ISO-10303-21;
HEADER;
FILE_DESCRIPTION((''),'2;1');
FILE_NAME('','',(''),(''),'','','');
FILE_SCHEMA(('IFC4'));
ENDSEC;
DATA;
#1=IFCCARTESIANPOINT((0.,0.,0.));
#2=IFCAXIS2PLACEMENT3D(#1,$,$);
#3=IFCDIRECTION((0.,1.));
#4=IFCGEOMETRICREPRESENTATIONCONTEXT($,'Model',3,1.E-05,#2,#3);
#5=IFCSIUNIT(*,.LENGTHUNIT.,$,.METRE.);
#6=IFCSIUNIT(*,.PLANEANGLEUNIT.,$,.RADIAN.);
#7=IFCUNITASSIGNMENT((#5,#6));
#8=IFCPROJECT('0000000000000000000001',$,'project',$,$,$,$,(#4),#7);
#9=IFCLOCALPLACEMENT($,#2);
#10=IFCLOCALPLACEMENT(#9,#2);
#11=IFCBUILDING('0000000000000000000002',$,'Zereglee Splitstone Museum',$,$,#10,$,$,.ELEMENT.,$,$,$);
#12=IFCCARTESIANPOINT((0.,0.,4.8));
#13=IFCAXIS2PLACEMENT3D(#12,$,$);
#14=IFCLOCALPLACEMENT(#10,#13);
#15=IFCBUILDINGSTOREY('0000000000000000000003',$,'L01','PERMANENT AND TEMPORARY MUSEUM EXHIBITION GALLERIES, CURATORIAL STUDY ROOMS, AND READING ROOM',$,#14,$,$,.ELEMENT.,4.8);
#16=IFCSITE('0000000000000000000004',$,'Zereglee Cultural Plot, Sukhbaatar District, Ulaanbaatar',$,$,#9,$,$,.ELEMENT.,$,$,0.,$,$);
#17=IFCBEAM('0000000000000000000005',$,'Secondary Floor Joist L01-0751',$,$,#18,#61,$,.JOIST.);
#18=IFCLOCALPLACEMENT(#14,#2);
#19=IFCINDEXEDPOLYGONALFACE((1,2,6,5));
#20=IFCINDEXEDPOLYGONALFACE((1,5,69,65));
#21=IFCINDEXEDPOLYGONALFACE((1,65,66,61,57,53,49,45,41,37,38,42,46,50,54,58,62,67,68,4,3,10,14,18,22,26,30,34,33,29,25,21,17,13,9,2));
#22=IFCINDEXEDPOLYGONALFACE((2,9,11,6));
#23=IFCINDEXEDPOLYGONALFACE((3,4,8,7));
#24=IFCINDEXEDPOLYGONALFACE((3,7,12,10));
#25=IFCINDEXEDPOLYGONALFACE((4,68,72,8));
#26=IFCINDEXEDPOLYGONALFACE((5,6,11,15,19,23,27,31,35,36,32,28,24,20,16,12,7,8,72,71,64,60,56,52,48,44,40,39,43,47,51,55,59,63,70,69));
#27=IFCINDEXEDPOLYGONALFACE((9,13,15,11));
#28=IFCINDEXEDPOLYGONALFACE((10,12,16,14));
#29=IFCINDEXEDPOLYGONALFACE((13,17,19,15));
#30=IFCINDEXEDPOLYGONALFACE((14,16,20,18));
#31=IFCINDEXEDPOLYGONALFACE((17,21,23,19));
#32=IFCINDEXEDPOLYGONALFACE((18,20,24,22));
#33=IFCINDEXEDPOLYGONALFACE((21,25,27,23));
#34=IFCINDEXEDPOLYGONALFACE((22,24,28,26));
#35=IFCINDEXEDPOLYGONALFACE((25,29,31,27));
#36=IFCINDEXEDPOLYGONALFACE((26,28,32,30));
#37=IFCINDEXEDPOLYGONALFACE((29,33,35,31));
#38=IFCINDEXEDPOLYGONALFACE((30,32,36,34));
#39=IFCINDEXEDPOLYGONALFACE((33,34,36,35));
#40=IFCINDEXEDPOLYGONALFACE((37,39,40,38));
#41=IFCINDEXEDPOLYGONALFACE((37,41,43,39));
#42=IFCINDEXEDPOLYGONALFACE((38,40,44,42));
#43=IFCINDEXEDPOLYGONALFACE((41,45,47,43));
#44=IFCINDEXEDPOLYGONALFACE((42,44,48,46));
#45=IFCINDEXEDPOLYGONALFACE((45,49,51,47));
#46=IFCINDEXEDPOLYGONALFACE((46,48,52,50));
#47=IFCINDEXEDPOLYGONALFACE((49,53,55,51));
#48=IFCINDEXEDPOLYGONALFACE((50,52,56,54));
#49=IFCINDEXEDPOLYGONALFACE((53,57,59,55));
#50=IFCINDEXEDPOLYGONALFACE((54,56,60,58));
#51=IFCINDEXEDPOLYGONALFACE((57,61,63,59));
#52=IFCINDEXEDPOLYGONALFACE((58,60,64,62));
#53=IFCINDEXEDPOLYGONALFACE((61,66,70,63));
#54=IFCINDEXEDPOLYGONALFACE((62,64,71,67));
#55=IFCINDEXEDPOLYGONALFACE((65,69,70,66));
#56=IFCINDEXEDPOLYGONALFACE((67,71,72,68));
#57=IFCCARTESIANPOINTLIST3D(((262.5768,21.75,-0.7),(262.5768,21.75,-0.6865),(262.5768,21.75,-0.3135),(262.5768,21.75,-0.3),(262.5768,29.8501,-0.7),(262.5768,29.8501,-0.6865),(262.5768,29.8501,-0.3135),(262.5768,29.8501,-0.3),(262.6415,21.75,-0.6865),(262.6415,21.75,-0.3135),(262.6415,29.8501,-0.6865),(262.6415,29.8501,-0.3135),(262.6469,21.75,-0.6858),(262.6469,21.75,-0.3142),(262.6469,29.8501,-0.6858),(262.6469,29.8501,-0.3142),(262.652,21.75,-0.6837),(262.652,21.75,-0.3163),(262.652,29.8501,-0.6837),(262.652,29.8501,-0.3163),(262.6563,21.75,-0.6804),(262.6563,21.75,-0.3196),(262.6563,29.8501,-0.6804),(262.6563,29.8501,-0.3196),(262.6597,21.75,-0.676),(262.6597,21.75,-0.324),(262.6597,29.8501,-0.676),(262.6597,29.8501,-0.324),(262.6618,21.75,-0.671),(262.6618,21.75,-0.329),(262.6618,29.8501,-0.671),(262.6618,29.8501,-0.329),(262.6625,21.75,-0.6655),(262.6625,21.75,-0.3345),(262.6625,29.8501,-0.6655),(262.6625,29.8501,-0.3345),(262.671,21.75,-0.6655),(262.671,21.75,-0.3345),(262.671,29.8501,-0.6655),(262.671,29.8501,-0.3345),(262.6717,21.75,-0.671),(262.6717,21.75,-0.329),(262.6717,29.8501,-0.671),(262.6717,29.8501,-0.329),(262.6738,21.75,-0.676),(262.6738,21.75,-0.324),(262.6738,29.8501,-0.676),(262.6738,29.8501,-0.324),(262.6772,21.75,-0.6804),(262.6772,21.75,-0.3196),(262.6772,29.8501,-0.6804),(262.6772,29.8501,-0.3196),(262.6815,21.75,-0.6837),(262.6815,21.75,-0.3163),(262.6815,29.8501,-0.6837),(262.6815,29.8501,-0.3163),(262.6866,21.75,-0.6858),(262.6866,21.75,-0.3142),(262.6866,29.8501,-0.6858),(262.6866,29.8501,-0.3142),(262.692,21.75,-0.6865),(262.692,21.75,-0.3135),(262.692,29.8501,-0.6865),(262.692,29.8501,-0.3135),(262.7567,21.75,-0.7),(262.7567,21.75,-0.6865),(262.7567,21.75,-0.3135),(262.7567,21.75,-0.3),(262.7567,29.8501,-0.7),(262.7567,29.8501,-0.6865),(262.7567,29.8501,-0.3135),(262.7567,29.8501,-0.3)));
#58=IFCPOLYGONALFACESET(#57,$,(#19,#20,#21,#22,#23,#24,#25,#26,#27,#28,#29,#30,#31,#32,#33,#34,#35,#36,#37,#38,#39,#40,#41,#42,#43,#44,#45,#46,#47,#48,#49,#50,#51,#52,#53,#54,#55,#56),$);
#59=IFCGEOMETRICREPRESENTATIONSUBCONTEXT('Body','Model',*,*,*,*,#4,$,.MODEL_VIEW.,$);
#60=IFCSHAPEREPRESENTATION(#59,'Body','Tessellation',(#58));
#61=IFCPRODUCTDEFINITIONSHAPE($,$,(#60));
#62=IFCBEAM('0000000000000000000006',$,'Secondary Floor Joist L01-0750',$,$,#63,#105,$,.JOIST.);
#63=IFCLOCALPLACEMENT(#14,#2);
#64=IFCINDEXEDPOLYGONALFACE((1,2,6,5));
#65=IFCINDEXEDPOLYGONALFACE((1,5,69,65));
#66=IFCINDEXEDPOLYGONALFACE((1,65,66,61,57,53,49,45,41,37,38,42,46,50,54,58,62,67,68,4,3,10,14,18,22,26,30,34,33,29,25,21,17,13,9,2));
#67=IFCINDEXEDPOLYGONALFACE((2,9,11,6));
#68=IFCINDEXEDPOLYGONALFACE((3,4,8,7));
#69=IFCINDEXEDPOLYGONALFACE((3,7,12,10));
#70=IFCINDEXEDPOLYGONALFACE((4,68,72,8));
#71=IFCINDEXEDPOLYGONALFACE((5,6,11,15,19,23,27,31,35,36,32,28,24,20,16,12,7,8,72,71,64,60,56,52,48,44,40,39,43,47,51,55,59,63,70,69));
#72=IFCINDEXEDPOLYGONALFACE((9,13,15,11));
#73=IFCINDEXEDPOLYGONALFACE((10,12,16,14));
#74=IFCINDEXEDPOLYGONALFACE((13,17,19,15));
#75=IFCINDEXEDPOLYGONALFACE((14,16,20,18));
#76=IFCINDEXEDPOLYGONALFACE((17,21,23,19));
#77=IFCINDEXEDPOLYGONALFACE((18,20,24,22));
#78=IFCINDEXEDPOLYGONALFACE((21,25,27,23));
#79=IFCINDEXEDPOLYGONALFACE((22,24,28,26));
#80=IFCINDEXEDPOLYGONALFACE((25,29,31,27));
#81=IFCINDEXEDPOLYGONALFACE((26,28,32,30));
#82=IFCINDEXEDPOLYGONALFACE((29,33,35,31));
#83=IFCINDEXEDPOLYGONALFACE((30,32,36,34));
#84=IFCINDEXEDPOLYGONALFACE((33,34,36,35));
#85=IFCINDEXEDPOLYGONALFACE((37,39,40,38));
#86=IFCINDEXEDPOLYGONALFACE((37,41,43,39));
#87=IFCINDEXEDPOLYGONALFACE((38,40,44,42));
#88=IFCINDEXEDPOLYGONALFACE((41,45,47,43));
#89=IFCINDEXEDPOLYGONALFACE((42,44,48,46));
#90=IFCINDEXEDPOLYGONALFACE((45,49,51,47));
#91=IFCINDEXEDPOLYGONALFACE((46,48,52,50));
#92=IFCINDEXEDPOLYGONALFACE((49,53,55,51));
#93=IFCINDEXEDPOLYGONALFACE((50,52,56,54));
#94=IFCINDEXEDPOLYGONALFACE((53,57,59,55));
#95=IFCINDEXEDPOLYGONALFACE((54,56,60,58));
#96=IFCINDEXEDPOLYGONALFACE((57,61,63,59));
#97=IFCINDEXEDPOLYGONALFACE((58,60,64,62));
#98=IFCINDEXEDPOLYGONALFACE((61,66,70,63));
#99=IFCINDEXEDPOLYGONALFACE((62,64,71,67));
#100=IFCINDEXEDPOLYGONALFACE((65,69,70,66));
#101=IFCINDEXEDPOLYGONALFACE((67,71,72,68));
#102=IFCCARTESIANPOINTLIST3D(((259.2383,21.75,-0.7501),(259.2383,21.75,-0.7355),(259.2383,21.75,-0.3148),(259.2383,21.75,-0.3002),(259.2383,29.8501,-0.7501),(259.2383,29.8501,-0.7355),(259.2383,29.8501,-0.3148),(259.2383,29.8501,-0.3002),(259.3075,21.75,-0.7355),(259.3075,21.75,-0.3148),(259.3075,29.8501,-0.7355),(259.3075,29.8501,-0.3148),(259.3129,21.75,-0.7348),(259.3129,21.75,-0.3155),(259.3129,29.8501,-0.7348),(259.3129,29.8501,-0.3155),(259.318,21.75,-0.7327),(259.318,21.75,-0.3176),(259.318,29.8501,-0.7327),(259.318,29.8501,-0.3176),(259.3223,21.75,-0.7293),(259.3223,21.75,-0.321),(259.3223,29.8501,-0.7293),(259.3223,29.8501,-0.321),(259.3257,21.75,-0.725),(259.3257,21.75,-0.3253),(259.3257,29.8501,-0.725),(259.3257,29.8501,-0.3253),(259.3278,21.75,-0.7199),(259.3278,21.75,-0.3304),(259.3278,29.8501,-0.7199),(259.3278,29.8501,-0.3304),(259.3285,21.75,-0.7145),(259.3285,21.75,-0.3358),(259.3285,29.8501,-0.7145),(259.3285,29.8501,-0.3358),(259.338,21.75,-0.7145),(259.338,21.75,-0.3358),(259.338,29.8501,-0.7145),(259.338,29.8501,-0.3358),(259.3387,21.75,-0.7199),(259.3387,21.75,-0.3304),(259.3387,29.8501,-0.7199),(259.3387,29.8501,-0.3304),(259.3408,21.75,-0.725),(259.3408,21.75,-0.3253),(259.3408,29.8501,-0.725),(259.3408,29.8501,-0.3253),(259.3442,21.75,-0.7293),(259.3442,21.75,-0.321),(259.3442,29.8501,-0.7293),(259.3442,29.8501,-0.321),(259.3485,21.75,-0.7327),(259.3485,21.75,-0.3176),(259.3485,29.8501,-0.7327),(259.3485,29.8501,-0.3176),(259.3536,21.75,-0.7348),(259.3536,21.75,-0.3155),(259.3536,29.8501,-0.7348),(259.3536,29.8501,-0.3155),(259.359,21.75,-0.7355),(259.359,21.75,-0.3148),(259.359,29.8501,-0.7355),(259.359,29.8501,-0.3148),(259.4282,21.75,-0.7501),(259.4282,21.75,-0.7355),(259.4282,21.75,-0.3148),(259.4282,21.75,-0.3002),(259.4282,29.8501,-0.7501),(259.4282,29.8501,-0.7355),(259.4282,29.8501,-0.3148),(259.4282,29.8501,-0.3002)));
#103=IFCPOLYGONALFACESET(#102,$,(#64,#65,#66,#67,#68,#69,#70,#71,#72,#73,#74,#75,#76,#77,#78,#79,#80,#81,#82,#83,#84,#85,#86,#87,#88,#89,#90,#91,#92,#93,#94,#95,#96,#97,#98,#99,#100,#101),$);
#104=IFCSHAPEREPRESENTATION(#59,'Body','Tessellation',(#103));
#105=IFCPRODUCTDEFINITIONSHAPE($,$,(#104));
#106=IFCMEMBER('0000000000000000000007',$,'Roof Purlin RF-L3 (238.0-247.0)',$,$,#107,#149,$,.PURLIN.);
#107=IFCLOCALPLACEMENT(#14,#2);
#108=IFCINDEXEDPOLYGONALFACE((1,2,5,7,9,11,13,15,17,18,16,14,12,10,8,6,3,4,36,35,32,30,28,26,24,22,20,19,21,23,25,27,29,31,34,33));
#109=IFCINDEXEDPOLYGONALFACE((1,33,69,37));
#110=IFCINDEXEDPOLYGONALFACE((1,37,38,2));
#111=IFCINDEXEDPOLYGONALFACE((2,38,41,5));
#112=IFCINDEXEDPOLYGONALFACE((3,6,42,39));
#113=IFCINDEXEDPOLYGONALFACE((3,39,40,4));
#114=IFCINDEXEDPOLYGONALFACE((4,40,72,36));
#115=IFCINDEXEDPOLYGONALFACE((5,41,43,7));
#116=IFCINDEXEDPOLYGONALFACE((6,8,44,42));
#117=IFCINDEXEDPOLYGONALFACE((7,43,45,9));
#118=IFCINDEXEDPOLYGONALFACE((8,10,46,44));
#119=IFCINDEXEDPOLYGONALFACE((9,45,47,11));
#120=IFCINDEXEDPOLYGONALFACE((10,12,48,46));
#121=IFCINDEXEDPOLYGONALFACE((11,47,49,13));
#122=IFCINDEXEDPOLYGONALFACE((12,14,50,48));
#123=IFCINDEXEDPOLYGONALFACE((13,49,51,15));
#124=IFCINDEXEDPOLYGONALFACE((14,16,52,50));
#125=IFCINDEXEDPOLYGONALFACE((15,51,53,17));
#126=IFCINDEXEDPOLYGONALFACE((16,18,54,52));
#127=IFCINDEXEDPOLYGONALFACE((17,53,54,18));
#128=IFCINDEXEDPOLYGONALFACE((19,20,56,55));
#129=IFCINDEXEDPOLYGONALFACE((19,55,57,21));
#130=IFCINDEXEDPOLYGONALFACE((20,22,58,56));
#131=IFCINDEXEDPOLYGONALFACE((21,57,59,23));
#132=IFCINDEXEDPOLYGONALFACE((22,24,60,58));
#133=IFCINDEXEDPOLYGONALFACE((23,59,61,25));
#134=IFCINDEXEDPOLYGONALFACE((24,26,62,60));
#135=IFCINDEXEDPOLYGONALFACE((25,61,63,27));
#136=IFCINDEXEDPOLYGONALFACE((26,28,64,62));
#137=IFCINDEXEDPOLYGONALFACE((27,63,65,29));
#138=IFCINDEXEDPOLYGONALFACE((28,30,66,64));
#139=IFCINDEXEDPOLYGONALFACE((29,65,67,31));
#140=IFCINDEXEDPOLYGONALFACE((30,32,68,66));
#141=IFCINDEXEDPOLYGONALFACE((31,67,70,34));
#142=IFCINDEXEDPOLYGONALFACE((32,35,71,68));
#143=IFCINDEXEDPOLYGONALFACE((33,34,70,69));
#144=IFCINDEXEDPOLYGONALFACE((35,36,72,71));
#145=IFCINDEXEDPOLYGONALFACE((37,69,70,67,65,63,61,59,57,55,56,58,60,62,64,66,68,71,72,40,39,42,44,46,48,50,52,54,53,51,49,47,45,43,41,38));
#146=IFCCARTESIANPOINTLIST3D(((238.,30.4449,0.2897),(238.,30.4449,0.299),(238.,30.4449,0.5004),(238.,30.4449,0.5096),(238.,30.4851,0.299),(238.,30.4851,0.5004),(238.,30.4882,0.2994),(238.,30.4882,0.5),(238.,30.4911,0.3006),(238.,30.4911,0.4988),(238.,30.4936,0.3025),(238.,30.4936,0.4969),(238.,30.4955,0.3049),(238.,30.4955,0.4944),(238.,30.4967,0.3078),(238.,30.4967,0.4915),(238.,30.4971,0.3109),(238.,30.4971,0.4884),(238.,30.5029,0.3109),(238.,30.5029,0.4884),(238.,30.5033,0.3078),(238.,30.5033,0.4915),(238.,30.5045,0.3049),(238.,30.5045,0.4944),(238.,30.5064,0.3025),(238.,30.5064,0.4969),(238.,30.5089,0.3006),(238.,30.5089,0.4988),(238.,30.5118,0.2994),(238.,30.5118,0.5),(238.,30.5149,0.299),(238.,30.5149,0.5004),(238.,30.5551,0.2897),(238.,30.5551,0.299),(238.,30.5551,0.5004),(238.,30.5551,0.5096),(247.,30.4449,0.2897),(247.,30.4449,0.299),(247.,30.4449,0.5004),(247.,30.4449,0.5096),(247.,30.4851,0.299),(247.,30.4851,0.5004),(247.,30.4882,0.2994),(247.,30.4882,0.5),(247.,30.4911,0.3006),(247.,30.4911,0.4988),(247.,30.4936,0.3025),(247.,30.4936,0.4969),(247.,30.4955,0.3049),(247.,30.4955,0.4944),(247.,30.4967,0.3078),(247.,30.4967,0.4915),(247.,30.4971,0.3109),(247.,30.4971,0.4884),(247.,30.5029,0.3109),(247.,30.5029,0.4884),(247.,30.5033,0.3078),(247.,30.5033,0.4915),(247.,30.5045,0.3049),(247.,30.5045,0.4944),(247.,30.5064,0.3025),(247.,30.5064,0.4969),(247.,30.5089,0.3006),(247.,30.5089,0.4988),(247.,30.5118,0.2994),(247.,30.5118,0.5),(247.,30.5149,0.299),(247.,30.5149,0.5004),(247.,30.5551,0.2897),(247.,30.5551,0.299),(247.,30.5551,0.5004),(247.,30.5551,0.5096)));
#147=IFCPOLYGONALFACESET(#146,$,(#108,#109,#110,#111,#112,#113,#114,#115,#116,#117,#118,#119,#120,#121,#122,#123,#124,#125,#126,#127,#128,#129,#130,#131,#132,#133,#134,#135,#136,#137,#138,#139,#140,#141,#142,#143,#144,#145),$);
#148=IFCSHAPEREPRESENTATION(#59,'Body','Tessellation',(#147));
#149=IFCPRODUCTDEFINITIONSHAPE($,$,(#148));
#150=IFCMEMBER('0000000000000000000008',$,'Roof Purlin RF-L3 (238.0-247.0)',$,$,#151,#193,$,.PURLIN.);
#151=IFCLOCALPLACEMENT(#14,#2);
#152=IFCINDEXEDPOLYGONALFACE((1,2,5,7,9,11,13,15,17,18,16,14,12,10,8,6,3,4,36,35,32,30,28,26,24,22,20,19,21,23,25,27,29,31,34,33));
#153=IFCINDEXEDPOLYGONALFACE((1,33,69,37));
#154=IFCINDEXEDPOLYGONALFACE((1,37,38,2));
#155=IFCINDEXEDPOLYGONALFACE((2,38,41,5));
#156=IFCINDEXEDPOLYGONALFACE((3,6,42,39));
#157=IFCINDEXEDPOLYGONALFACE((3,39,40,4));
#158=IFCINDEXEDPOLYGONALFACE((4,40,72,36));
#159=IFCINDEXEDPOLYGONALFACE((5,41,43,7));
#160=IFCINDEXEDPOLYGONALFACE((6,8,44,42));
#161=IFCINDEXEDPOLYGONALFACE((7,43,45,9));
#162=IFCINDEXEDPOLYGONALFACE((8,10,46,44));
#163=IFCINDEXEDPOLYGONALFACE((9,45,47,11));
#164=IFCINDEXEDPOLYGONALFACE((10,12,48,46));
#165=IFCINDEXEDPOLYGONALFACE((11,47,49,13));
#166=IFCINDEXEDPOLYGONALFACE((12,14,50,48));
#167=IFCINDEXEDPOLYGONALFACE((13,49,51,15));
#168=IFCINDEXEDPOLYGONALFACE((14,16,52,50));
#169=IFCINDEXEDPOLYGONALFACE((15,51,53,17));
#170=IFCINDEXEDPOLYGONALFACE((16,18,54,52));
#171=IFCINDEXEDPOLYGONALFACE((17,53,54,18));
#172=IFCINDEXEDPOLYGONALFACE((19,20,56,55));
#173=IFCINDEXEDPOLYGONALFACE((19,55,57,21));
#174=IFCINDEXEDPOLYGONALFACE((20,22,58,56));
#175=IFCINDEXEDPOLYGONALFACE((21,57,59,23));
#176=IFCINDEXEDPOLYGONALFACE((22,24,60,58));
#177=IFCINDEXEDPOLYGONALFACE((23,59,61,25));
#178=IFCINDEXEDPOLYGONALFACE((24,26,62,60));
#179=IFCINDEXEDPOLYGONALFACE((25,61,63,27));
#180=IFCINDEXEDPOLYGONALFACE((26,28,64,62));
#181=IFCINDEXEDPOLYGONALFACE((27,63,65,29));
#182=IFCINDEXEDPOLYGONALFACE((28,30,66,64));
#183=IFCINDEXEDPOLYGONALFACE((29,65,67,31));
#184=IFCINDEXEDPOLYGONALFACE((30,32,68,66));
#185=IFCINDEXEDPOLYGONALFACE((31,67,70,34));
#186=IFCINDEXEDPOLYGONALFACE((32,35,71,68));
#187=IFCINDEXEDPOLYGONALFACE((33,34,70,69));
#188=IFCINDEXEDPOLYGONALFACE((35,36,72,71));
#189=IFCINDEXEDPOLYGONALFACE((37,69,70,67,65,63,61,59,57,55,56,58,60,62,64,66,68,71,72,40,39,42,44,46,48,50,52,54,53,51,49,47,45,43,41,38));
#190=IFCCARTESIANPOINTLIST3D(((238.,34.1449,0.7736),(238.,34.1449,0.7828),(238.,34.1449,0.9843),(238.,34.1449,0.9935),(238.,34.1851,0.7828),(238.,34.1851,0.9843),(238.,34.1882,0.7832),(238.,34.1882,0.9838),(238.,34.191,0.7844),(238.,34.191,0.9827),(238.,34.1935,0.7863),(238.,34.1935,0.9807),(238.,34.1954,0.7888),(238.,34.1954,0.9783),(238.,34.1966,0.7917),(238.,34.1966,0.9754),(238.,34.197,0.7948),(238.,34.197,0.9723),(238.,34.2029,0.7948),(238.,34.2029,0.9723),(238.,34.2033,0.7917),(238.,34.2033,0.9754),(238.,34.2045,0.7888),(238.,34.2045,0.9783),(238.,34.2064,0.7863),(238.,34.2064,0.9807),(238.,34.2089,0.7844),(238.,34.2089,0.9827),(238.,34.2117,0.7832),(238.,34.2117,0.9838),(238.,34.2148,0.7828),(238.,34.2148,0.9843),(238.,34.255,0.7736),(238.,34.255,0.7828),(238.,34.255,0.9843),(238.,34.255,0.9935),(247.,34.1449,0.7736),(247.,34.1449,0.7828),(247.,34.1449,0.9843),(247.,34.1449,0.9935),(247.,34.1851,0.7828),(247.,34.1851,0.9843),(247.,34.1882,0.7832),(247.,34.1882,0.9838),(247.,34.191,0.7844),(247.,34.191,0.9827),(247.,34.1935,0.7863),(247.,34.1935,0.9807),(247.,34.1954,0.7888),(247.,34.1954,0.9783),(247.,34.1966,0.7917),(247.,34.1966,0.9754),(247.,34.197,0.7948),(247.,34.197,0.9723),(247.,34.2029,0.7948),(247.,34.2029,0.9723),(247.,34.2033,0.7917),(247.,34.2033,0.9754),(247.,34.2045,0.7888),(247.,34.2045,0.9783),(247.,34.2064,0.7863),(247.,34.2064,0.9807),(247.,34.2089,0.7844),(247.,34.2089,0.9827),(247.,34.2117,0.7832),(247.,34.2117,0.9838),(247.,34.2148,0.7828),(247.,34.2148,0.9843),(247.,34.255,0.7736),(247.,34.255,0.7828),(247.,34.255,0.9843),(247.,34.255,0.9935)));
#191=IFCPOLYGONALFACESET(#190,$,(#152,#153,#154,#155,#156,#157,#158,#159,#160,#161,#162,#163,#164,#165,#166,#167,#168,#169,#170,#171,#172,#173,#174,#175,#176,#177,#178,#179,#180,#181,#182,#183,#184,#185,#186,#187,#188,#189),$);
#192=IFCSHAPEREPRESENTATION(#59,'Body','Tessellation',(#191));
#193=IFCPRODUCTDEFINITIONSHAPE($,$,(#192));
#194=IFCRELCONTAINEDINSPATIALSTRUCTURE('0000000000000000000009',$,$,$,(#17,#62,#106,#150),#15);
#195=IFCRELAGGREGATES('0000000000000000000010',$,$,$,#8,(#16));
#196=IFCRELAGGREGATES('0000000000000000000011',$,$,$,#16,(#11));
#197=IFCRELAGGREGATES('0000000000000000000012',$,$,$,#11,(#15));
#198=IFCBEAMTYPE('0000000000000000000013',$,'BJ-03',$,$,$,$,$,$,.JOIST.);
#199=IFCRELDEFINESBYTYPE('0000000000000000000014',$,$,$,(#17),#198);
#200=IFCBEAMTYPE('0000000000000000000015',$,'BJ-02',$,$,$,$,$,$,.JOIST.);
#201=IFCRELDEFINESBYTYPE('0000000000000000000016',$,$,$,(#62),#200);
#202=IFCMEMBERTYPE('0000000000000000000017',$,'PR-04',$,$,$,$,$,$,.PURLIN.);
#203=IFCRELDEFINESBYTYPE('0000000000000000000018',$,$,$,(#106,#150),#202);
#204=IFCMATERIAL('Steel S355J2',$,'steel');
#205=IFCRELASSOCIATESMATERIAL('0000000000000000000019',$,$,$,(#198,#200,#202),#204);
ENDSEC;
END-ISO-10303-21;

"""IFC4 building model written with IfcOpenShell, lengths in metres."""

from ifc_helpers import new_model, si_unit, direction, frame, origin, origin_2d, place, context, subcontext, project, spatial, i_section, extrude, material, material_profile, profile_set, type_object, element, save


model = new_model("IFC4")

# Units and contexts
model_context = context("Model", 3, precision=1e-05, world=origin(), true_north=direction((0.0, 1.0)))
body_context = subcontext(model_context, "Body", "Model", "MODEL_VIEW")
ifc_project = project(units=[si_unit("LENGTHUNIT", "METRE"), si_unit("PLANEANGLEUNIT", "RADIAN")], contexts=[model_context])

# Site, building, storey
site_placement = place(None, origin())
site = spatial("IfcSite", under=ifc_project, at=site_placement, Name="Zereglee Cultural Plot, Sukhbaatar District, Ulaanbaatar", CompositionType="ELEMENT", RefElevation=0.0)
building_placement = place(site_placement, origin())
building = spatial("IfcBuilding", under=site, at=building_placement, Name="Zereglee Splitstone Museum", CompositionType="ELEMENT")
storey_placement = place(building_placement, frame((0.0, 0.0, 4.8)))
storey = spatial("IfcBuildingStorey", under=building, at=storey_placement, Name="L01", Description="PERMANENT AND TEMPORARY MUSEUM EXHIBITION GALLERIES, CURATORIAL STUDY ROOMS, AND READING ROOM", CompositionType="ELEMENT", Elevation=4.8)

# Shared definitions
ifc_material_1 = material(Name="Steel S355J2", Category="steel")

# Beams
ifc_material_profile_1 = material_profile(ifc_material_1, i_section(OverallWidth=0.1799, OverallDepth=0.3999, WebThickness=0.0085, FlangeThickness=0.0134, FilletRadius=0.021, at=origin_2d()), Name="IPE 400")
ifc_profile_set_1 = profile_set([ifc_material_profile_1], Name="Steel S355J2")
beam_type_1 = type_object("IfcBeamType", Name="BJ-03", PredefinedType="JOIST", material=ifc_profile_set_1)
beam_1_placement = place(storey_placement, frame((262.6667, 21.75, -0.5), z_axis=(0.0, 1.0, 0.0), x_axis=(-1.0, 0.0, 0.0)))
element("IfcBeam", 1, at=beam_1_placement, inside=storey, type_object=beam_type_1, Name="Secondary Floor Joist L01-0751", PredefinedType="JOIST", context=body_context, shape_type="SweptSolid", body=[
    extrude(i_section(OverallWidth=0.1799, OverallDepth=0.3999, WebThickness=0.0085, FlangeThickness=0.0134, FilletRadius=0.021, at=origin_2d()), origin(), (0.0, 0.0, 1.0), 8.1001),
])
ifc_material_profile_2 = material_profile(ifc_material_1, i_section(OverallWidth=0.1899, OverallDepth=0.45, WebThickness=0.0095, FlangeThickness=0.0146, FilletRadius=0.021, at=origin_2d()), Name="IPE 450")
ifc_profile_set_2 = profile_set([ifc_material_profile_2], Name="Steel S355J2")
beam_type_2 = type_object("IfcBeamType", Name="BJ-02", PredefinedType="JOIST", material=ifc_profile_set_2)
beam_2_placement = place(storey_placement, frame((259.3333, 21.75, -0.5251), z_axis=(0.0, 1.0, 0.0), x_axis=(-1.0, 0.0, 0.0)))
element("IfcBeam", 2, at=beam_2_placement, inside=storey, type_object=beam_type_2, Name="Secondary Floor Joist L01-0750", PredefinedType="JOIST", context=body_context, shape_type="SweptSolid", body=[
    extrude(i_section(OverallWidth=0.1899, OverallDepth=0.45, WebThickness=0.0095, FlangeThickness=0.0146, FilletRadius=0.021, at=origin_2d()), origin(), (0.0, 0.0, 1.0), 8.1001),
])

# Members
ifc_material_profile_3 = material_profile(ifc_material_1, i_section(OverallWidth=0.1101, OverallDepth=0.22, WebThickness=0.0059, FlangeThickness=0.0093, FilletRadius=0.012, at=origin_2d()), Name="IPE 220")
ifc_profile_set_3 = profile_set([ifc_material_profile_3], Name="Steel S355J2")
member_type = type_object("IfcMemberType", Name="PR-04", PredefinedType="PURLIN", material=ifc_profile_set_3)
for number, where, z_axis, x_axis, name in (
    (3, (238.0, 30.5, 0.3997), (1.0, 0.0, 0.0), (0.0, 1.0, 0.0), "Roof Purlin RF-L3 (238.0-247.0)"),
    (4, (238.0, 34.2, 0.8835), (1.0, 0.0, 0.0), (0.0, 1.0, 0.0), "Roof Purlin RF-L3 (238.0-247.0)"),
):
    element("IfcMember", number, at=place(storey_placement, frame(where, z_axis=z_axis, x_axis=x_axis)), inside=storey, type_object=member_type, Name=name, PredefinedType="PURLIN", context=body_context, shape_type="SweptSolid", body=[
        extrude(i_section(OverallWidth=0.1101, OverallDepth=0.22, WebThickness=0.0059, FlangeThickness=0.0093, FilletRadius=0.012, at=origin_2d()), origin(), (0.0, 0.0, 1.0), 9.0),
    ])

save(model, "model.ifc")
